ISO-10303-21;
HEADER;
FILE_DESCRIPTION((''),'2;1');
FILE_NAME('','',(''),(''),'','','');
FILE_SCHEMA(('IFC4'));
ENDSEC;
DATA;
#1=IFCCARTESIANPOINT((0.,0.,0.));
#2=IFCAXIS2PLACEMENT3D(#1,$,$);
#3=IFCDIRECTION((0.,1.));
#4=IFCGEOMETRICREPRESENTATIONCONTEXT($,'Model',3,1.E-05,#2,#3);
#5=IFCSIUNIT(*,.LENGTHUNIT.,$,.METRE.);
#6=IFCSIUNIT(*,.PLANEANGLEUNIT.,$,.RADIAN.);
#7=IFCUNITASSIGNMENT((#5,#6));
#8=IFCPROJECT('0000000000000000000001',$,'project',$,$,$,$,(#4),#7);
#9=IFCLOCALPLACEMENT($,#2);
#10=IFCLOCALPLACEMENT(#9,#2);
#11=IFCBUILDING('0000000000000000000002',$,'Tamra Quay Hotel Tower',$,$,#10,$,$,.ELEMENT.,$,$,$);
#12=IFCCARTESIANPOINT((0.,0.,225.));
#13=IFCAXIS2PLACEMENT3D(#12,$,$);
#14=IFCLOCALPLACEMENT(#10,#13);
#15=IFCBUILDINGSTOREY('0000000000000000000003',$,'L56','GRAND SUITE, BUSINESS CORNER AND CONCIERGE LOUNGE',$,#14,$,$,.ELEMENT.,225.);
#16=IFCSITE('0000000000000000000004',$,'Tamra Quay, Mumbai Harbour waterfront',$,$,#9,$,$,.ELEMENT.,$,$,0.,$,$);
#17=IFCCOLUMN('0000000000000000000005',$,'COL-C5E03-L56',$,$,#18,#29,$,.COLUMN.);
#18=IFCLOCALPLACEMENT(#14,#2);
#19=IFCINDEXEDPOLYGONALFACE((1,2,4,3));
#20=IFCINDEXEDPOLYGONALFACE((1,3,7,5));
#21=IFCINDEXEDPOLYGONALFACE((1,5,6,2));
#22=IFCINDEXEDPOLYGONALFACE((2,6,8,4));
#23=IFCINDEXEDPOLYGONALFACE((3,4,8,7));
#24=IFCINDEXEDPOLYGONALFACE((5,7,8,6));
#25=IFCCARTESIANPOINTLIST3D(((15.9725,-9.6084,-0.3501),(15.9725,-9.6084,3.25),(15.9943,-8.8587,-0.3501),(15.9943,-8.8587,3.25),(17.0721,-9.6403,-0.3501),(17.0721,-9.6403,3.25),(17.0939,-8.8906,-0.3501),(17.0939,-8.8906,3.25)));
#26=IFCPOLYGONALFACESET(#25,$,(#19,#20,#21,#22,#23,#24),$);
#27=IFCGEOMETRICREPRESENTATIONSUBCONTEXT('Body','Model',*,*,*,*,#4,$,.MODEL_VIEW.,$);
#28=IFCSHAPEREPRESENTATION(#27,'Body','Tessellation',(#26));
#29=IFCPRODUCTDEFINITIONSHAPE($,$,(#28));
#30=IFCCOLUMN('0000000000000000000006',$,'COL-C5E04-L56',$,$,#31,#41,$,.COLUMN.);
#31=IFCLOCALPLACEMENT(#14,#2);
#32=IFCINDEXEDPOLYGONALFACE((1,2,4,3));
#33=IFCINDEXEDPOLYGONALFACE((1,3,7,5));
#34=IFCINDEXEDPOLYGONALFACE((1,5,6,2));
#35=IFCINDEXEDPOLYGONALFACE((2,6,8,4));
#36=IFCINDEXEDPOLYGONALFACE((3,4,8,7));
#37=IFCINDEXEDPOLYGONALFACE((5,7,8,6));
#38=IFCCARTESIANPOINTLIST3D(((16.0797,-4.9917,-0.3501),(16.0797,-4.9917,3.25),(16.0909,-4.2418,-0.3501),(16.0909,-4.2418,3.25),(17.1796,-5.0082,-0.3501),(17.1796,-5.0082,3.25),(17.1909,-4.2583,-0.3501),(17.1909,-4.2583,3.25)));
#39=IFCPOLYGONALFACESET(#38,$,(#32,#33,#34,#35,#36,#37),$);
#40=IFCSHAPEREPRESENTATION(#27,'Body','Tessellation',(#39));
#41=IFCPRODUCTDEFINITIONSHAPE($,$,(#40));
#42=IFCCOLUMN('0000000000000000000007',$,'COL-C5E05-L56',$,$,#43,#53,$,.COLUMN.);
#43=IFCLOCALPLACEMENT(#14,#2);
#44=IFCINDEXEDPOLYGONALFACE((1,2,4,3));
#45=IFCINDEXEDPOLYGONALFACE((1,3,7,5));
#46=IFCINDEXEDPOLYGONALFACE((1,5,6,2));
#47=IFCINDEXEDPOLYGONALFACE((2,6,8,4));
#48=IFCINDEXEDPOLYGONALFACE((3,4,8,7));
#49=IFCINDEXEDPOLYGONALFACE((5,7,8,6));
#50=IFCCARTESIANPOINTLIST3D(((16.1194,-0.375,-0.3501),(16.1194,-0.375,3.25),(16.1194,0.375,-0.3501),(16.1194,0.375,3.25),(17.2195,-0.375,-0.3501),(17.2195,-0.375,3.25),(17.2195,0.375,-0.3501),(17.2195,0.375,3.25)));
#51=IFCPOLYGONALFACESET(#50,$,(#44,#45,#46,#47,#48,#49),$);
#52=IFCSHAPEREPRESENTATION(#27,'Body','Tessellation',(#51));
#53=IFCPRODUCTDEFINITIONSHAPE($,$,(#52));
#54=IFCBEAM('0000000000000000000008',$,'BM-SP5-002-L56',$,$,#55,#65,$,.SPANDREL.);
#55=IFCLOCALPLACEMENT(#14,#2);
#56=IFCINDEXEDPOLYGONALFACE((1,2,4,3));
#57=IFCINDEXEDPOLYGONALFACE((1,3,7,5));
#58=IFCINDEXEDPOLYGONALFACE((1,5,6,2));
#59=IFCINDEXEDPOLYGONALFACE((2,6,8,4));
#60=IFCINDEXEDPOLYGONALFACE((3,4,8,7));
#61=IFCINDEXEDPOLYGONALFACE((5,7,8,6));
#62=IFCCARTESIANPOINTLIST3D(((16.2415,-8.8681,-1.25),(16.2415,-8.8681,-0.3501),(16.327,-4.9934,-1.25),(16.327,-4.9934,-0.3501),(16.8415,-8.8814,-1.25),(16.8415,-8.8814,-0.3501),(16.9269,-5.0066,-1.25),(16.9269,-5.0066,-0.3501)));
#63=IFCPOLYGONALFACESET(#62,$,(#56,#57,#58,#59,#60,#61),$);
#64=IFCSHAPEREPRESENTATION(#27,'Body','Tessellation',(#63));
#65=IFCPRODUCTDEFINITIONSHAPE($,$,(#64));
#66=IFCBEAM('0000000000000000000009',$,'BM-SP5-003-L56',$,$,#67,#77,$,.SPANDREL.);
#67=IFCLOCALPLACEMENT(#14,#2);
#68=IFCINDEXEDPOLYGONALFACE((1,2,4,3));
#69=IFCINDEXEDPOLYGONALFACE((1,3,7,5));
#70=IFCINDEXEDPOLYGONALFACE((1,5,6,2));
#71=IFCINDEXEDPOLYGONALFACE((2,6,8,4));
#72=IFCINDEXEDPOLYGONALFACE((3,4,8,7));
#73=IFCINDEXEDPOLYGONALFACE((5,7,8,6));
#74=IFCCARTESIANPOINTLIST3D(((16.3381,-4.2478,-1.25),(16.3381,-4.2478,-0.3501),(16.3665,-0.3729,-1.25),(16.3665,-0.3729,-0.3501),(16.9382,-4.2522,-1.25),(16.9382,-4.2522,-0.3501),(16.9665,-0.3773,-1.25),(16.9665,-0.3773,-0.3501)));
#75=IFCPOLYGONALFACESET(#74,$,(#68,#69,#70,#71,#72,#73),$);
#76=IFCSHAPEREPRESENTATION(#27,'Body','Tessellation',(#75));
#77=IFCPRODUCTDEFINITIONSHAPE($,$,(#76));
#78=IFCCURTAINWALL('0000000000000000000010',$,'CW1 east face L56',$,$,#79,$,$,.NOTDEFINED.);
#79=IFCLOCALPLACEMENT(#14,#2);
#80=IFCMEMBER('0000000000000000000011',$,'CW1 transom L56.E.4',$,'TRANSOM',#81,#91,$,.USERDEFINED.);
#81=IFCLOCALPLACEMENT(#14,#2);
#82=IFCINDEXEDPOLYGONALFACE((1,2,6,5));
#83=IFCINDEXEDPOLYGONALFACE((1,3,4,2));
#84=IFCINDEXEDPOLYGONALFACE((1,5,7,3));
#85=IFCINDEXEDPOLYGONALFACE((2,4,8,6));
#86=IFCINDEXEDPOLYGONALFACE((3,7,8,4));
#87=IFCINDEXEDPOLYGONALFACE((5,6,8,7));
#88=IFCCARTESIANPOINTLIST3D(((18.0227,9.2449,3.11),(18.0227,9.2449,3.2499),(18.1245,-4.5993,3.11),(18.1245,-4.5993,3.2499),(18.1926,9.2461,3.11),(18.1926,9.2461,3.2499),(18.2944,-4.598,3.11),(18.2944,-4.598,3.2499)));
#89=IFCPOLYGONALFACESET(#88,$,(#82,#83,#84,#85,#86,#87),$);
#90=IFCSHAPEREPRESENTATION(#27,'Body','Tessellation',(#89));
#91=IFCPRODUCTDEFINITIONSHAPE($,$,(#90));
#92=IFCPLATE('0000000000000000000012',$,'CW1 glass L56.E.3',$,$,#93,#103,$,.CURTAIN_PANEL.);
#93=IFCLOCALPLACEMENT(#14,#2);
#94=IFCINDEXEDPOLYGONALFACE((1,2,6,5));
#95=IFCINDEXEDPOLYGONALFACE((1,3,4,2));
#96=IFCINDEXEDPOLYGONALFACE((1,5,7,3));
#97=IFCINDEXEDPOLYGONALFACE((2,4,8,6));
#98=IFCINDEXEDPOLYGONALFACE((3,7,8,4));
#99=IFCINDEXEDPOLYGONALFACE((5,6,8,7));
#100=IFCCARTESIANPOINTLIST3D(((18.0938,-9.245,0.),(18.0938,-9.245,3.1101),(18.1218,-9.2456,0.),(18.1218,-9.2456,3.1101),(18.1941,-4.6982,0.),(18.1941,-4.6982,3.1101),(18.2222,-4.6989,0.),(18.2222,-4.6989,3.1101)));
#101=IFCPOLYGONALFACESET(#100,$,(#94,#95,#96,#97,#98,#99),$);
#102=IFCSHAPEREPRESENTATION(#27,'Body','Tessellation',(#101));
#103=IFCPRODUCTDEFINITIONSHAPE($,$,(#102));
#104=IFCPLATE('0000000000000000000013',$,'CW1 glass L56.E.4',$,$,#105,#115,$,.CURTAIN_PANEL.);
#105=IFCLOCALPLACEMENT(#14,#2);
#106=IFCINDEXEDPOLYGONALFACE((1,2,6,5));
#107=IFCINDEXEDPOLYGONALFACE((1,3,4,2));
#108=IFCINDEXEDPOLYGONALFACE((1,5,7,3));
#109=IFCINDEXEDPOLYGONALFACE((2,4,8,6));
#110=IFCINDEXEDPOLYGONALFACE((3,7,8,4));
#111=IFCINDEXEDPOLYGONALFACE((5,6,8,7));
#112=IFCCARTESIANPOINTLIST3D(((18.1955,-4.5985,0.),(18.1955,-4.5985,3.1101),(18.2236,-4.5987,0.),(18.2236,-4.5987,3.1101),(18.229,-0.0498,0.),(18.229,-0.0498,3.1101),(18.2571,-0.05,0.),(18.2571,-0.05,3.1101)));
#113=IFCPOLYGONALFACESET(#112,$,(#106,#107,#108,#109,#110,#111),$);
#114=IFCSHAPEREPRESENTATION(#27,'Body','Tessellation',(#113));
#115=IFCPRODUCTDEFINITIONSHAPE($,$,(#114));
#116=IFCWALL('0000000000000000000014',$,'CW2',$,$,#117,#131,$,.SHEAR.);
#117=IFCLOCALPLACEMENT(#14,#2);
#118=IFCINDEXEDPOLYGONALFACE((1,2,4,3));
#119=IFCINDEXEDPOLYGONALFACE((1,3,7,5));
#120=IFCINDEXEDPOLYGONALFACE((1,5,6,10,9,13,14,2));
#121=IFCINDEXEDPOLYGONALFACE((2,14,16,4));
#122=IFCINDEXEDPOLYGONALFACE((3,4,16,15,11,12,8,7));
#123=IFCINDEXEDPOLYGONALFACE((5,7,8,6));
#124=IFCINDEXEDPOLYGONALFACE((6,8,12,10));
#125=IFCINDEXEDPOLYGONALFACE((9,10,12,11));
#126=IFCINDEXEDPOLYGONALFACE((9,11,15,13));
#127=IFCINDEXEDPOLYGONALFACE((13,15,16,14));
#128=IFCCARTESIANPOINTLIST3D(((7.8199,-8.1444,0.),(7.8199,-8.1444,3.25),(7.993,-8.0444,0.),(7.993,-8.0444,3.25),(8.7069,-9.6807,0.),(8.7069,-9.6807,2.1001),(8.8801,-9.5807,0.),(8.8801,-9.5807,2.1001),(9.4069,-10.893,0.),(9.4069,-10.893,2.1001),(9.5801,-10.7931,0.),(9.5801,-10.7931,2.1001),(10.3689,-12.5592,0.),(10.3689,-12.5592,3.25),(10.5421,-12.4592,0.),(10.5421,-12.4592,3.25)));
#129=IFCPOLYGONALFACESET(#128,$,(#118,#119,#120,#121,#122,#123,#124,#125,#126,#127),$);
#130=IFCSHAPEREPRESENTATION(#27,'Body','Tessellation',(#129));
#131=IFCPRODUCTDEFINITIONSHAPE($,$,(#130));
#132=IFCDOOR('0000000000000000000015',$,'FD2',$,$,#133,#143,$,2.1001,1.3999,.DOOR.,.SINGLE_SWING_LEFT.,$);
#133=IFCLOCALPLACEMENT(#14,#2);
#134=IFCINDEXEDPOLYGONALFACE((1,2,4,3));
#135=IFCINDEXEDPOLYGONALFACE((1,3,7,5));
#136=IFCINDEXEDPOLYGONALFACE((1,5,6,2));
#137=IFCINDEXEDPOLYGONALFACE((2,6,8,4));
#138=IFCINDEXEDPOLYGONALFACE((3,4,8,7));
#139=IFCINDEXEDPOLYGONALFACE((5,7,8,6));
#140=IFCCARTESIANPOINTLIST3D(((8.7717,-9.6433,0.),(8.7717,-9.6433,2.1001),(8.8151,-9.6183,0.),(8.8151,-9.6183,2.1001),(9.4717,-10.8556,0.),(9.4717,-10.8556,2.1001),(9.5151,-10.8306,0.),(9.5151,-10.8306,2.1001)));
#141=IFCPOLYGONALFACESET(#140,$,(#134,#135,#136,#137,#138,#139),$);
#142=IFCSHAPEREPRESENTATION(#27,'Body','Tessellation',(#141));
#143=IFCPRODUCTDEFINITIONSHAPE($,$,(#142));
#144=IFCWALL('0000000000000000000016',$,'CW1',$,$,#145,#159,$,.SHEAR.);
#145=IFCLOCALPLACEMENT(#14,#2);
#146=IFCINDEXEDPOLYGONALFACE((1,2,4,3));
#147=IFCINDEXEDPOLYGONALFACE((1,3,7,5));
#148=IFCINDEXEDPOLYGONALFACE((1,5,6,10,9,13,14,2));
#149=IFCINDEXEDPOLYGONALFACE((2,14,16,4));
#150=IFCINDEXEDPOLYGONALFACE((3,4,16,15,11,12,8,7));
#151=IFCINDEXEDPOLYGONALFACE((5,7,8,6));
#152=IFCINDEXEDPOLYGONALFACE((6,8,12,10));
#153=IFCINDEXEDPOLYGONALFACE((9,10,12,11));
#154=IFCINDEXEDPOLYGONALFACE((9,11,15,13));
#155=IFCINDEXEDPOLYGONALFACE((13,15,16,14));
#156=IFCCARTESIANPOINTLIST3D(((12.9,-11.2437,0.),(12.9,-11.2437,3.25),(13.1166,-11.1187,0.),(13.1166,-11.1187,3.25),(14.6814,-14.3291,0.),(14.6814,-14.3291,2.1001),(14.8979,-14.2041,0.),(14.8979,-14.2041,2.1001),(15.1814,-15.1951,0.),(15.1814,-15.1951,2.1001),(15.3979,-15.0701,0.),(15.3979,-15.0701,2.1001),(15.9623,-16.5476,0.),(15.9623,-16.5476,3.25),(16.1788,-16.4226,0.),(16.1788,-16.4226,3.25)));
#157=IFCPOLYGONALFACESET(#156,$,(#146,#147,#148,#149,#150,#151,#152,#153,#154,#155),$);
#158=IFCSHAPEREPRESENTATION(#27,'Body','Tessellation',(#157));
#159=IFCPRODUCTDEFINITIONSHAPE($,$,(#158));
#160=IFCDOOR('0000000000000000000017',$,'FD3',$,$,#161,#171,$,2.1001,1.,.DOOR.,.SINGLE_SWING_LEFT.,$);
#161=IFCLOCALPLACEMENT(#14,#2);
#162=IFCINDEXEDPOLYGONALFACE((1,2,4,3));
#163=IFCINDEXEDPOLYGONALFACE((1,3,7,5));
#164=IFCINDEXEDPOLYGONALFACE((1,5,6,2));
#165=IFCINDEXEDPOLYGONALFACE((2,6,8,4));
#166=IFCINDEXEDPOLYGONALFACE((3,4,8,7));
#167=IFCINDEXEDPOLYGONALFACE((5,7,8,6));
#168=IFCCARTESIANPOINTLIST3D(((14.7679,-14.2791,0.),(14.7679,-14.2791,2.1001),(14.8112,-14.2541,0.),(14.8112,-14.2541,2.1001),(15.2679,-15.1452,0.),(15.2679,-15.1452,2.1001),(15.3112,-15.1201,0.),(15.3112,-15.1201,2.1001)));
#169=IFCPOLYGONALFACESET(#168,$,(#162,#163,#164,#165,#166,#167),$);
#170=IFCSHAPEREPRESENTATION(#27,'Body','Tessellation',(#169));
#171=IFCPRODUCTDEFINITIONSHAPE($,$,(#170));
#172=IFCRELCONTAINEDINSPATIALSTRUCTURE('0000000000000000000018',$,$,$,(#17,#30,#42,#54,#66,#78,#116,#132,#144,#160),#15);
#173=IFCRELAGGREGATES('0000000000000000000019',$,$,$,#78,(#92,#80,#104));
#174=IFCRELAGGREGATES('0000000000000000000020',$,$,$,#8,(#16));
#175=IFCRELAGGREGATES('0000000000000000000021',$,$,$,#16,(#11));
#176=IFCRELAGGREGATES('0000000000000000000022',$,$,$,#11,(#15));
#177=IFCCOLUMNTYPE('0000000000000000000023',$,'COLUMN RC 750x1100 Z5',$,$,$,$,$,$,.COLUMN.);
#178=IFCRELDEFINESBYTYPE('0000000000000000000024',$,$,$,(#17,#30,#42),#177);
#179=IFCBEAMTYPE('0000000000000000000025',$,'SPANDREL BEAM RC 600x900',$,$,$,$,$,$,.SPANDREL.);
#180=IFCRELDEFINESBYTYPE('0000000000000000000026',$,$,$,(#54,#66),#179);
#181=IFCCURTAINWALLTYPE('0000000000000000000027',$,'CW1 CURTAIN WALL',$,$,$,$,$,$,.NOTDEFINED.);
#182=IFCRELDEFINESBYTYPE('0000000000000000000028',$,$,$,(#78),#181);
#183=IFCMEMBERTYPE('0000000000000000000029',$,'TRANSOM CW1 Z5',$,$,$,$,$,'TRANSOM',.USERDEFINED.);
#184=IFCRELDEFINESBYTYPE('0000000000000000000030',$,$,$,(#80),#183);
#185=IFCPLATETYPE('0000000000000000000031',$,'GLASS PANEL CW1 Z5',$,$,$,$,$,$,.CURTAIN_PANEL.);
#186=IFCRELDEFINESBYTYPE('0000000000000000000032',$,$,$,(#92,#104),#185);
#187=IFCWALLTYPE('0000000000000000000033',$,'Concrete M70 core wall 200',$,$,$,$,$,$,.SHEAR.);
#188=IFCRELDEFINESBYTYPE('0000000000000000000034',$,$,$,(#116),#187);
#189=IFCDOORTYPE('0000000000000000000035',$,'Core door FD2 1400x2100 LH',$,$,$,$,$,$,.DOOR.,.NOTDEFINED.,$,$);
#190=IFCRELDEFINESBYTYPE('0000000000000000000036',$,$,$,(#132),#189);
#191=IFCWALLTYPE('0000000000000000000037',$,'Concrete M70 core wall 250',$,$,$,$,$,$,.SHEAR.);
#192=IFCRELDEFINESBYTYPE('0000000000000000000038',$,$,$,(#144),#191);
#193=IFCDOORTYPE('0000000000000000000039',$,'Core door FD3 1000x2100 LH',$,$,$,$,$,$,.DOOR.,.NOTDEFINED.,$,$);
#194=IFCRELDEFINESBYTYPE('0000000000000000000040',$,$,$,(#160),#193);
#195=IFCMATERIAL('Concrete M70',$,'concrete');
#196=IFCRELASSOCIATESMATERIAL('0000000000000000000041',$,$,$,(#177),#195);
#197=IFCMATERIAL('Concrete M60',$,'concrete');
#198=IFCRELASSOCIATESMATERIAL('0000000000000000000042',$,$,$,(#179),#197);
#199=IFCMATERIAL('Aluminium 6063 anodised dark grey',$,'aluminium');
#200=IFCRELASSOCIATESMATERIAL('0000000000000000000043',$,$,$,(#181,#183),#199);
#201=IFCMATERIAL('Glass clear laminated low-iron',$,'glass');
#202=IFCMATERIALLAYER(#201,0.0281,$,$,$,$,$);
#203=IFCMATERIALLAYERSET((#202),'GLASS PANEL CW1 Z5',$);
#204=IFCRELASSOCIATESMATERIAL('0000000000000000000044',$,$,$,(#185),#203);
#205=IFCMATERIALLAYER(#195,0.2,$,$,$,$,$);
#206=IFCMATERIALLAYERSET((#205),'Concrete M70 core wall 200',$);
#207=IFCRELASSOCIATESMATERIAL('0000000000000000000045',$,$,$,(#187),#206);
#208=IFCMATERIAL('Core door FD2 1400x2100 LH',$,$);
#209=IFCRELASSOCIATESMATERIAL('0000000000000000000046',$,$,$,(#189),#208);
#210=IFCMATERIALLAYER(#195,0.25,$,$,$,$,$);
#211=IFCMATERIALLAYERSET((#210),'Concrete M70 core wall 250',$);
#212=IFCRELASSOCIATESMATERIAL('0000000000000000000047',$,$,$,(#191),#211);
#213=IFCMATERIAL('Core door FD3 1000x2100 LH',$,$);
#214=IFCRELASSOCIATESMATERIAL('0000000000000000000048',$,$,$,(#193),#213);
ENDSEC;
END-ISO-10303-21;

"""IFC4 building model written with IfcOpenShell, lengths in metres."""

from ifc_helpers import new_model, si_unit, direction, frame, frame_2d, origin, origin_2d, place, context, subcontext, project, spatial, rectangle, extrude, material, layer, layer_set, material_profile, profile_set, type_object, element, fill, aggregate, save


model = new_model("IFC4")

# Units and contexts
model_context = context("Model", 3, precision=1e-05, world=origin(), true_north=direction((0.0, 1.0)))
body_context = subcontext(model_context, "Body", "Model", "MODEL_VIEW")
ifc_project = project(units=[si_unit("LENGTHUNIT", "METRE"), si_unit("PLANEANGLEUNIT", "RADIAN")], contexts=[model_context])

# Site, building, storey
site_placement = place(None, origin())
site = spatial("IfcSite", under=ifc_project, at=site_placement, Name="Tamra Quay, Mumbai Harbour waterfront", CompositionType="ELEMENT", RefElevation=0.0)
building_placement = place(site_placement, origin())
building = spatial("IfcBuilding", under=site, at=building_placement, Name="Tamra Quay Hotel Tower", CompositionType="ELEMENT")
storey_placement = place(building_placement, frame((0.0, 0.0, 225.0)))
storey = spatial("IfcBuildingStorey", under=building, at=storey_placement, Name="L56", Description="GRAND SUITE, BUSINESS CORNER AND CONCIERGE LOUNGE", CompositionType="ELEMENT", Elevation=225.0)

# Columns
ifc_material_1 = material(Name="Concrete M70", Category="concrete")
ifc_material_profile_1 = material_profile(ifc_material_1, rectangle(XDim=1.1001, YDim=0.75, at=origin_2d()), Name="COLUMN RC 750x1100 Z5")
ifc_profile_set_1 = profile_set([ifc_material_profile_1], Name="Concrete M70")
column_type = type_object("IfcColumnType", Name="COLUMN RC 750x1100 Z5", PredefinedType="COLUMN", material=ifc_profile_set_1)
for number, where, z_axis, x_axis, name in (
    (1, (16.5332, -9.2495, -0.3501), (0.0, 0.0, 1.0), (-0.999579, 0.029028, 0.0), "COL-C5E03-L56"),
    (2, (16.6353, -4.625, -0.3501), (0.0, 0.0, 1.0), (-0.999888, 0.014959, 0.0), "COL-C5E04-L56"),
    (3, (16.6694, 0.0, -0.3501), (0.0, 0.0, 1.0), (1.0, 0.0, 0.0), "COL-C5E05-L56"),
):
    element("IfcColumn", number, at=place(storey_placement, frame(where, z_axis=z_axis, x_axis=x_axis)), inside=storey, type_object=column_type, Name=name, PredefinedType="COLUMN", context=body_context, shape_type="SweptSolid", body=[
        extrude(rectangle(XDim=1.1001, YDim=0.75, at=origin_2d()), origin(), (0.0, 0.0, 1.0), 3.6001),
    ])

# Beams
ifc_material_2 = material(Name="Concrete M60", Category="concrete")
ifc_material_profile_2 = material_profile(ifc_material_2, rectangle(XDim=0.6001, YDim=0.8999, at=origin_2d()), Name="SPANDREL BEAM RC 600x900")
ifc_profile_set_2 = profile_set([ifc_material_profile_2], Name="Concrete M60")
beam_type = type_object("IfcBeamType", Name="SPANDREL BEAM RC 600x900", PredefinedType="SPANDREL", material=ifc_profile_set_2)
beam_1_placement = place(storey_placement, frame((16.5415, -8.8748, -0.8), z_axis=(0.022047, 0.999757, 0.0), x_axis=(-0.999757, 0.022047, 0.0)))
element("IfcBeam", 4, at=beam_1_placement, inside=storey, type_object=beam_type, Name="BM-SP5-002-L56", PredefinedType="SPANDREL", context=body_context, shape_type="SweptSolid", body=[
    extrude(rectangle(XDim=0.6001, YDim=0.8999, at=origin_2d()), origin(), (0.0, 0.0, 1.0), 3.8757),
])
beam_2_placement = place(storey_placement, frame((16.6382, -4.25, -0.8), z_axis=(0.007308, 0.999973, 0.0), x_axis=(-0.999973, 0.007308, 0.0)))
element("IfcBeam", 5, at=beam_2_placement, inside=storey, type_object=beam_type, Name="BM-SP5-003-L56", PredefinedType="SPANDREL", context=body_context, shape_type="SweptSolid", body=[
    extrude(rectangle(XDim=0.6001, YDim=0.8999, at=origin_2d()), origin(), (0.0, 0.0, 1.0), 3.875),
])

# Curtain wall, member, plates
ifc_material_3 = material(Name="Aluminium 6063 anodised dark grey", Category="aluminium")
curtain_wall_type = type_object("IfcCurtainWallType", Name="CW1 CURTAIN WALL", PredefinedType="NOTDEFINED", material=ifc_material_3)
curtain_wall_placement = place(storey_placement, origin())
curtain_wall = element("IfcCurtainWall", 6, at=curtain_wall_placement, inside=storey, type_object=curtain_wall_type, Name="CW1 east face L56", PredefinedType="NOTDEFINED")
ifc_material_profile_3 = material_profile(ifc_material_3, rectangle(XDim=0.1699, YDim=0.1399, at=origin_2d()), Name="TRANSOM 170X140")
ifc_profile_set_3 = profile_set([ifc_material_profile_3], Name="Aluminium 6063 anodised dark grey")
member_type = type_object("IfcMemberType", Name="TRANSOM CW1 Z5", ElementType="TRANSOM", PredefinedType="USERDEFINED", material=ifc_profile_set_3)
member_placement = place(storey_placement, frame((18.2095, -4.5986, 3.1799), z_axis=(-0.007354, 0.999973, 0.0), x_axis=(-0.999973, -0.007354, 0.0)))
member = element("IfcMember", 7, at=member_placement, type_object=member_type, Name="CW1 transom L56.E.4", ObjectType="TRANSOM", PredefinedType="USERDEFINED", context=body_context, shape_type="SweptSolid", body=[
    extrude(rectangle(XDim=0.1699, YDim=0.1399, at=origin_2d()), origin(), (0.0, 0.0, 1.0), 13.8445),
])
ifc_material_4 = material(Name="Glass clear laminated low-iron", Category="glass")
ifc_layer_1 = layer(ifc_material_4, 0.0281)
ifc_layer_set_1 = layer_set([ifc_layer_1], Name="GLASS PANEL CW1 Z5")
plate_type = type_object("IfcPlateType", Name="GLASS PANEL CW1 Z5", PredefinedType="CURTAIN_PANEL", material=ifc_layer_set_1)
plate_1_placement = place(storey_placement, frame((18.158, -6.9719, 0.0), z_axis=(0.0, 0.0, 1.0), x_axis=(0.022063, 0.999757, 0.0)))
plate_1 = element("IfcPlate", 8, at=plate_1_placement, type_object=plate_type, Name="CW1 glass L56.E.3", PredefinedType="CURTAIN_PANEL", context=body_context, shape_type="SweptSolid", body=[
    extrude(rectangle(XDim=4.5479, YDim=0.0281, at=origin_2d()), origin(), (0.0, 0.0, 1.0), 3.1101),
])
plate_2_placement = place(storey_placement, frame((18.2263, -2.3242, 0.0), z_axis=(0.0, 0.0, 1.0), x_axis=(0.007362, 0.999973, 0.0)))
plate_2 = element("IfcPlate", 9, at=plate_2_placement, type_object=plate_type, Name="CW1 glass L56.E.4", PredefinedType="CURTAIN_PANEL", context=body_context, shape_type="SweptSolid", body=[
    extrude(rectangle(XDim=4.5488, YDim=0.0281, at=origin_2d()), origin(), (0.0, 0.0, 1.0), 3.1101),
])
aggregate(curtain_wall, [plate_1, member, plate_2])

# Walls, openings, doors
ifc_layer_2 = layer(ifc_material_1, 0.2)
ifc_layer_set_2 = layer_set([ifc_layer_2], Name="Concrete M70 core wall 200")
wall_type_1 = type_object("IfcWallType", Name="Concrete M70 core wall 200", PredefinedType="SHEAR", material=ifc_layer_set_2)
wall_1_placement = place(storey_placement, frame((7.9065, -8.0945, 0.0), z_axis=(0.0, 0.0, 1.0), x_axis=(0.500028, -0.866009, 0.0)))
wall_1 = element("IfcWall", 10, at=wall_1_placement, inside=storey, type_object=wall_type_1, Name="CW2", PredefinedType="SHEAR", context=body_context, shape_type="SweptSolid", body=[
    extrude(rectangle(XDim=5.0979, YDim=0.2, at=frame_2d((2.5488, 0.0))), origin(), (0.0, 0.0, 1.0), 3.25),
])
opening_1_placement = place(wall_1_placement, frame((1.7739, 0.0, 0.0)))
opening_1 = element("IfcOpeningElement", 11, at=opening_1_placement, cuts=wall_1, PredefinedType="OPENING", context=body_context, shape_type="SweptSolid", body=[
    extrude(rectangle(XDim=1.3999, YDim=2.1001, at=frame_2d((0.7, 1.05))), frame((0.0, 0.1099, 0.0), z_axis=(0.0, -1.0, 0.0), x_axis=(1.0, 0.0, 0.0)), (0.0, 0.0, 1.0), 0.22),
])
ifc_material_5 = material(Name="Core door FD2 1400x2100 LH")
door_type_1 = type_object("IfcDoorType", Name="Core door FD2 1400x2100 LH", OperationType="NOTDEFINED", PredefinedType="DOOR", material=ifc_material_5)
door_1_placement = place(opening_1_placement, origin())
door_1 = element("IfcDoor", 12, at=door_1_placement, inside=storey, type_object=door_type_1, Name="FD2", OperationType="SINGLE_SWING_LEFT", OverallHeight=2.1001, OverallWidth=1.3999, PredefinedType="DOOR", context=body_context, shape_type="SweptSolid", body=[
    extrude(rectangle(XDim=1.3999, YDim=2.1001, at=frame_2d((0.7, 1.05))), frame((0.0, 0.0249, 0.0), z_axis=(0.0, -1.0, 0.0), x_axis=(1.0, 0.0, 0.0)), (0.0, 0.0, 1.0), 0.05),
])
fill(opening_1, door_1)
ifc_layer_3 = layer(ifc_material_1, 0.25)
ifc_layer_set_3 = layer_set([ifc_layer_3], Name="Concrete M70 core wall 250")
wall_type_2 = type_object("IfcWallType", Name="Concrete M70 core wall 250", PredefinedType="SHEAR", material=ifc_layer_set_3)
wall_2_placement = place(storey_placement, frame((13.0083, -11.1812, 0.0), z_axis=(0.0, 0.0, 1.0), x_axis=(0.500002, -0.866024, 0.0)))
wall_2 = element("IfcWall", 13, at=wall_2_placement, inside=storey, type_object=wall_type_2, Name="CW1", PredefinedType="SHEAR", context=body_context, shape_type="SweptSolid", body=[
    extrude(rectangle(XDim=6.1245, YDim=0.25, at=frame_2d((3.0623, 0.0))), origin(), (0.0, 0.0, 1.0), 3.25),
])
opening_2_placement = place(wall_2_placement, frame((3.5627, 0.0, 0.0)))
opening_2 = element("IfcOpeningElement", 14, at=opening_2_placement, cuts=wall_2, PredefinedType="OPENING", context=body_context, shape_type="SweptSolid", body=[
    extrude(rectangle(XDim=1.0, YDim=2.1001, at=frame_2d((0.5, 1.05))), frame((0.0, 0.135, 0.0), z_axis=(0.0, -1.0, 0.0), x_axis=(1.0, 0.0, 0.0)), (0.0, 0.0, 1.0), 0.27),
])
ifc_material_6 = material(Name="Core door FD3 1000x2100 LH")
door_type_2 = type_object("IfcDoorType", Name="Core door FD3 1000x2100 LH", OperationType="NOTDEFINED", PredefinedType="DOOR", material=ifc_material_6)
door_2_placement = place(opening_2_placement, origin())
door_2 = element("IfcDoor", 15, at=door_2_placement, inside=storey, type_object=door_type_2, Name="FD3", OperationType="SINGLE_SWING_LEFT", OverallHeight=2.1001, OverallWidth=1.0, PredefinedType="DOOR", context=body_context, shape_type="SweptSolid", body=[
    extrude(rectangle(XDim=1.0, YDim=2.1001, at=frame_2d((0.5, 1.05))), frame((0.0, 0.0249, 0.0), z_axis=(0.0, -1.0, 0.0), x_axis=(1.0, 0.0, 0.0)), (0.0, 0.0, 1.0), 0.05),
])
fill(opening_2, door_2)

save(model, "model.ifc")
